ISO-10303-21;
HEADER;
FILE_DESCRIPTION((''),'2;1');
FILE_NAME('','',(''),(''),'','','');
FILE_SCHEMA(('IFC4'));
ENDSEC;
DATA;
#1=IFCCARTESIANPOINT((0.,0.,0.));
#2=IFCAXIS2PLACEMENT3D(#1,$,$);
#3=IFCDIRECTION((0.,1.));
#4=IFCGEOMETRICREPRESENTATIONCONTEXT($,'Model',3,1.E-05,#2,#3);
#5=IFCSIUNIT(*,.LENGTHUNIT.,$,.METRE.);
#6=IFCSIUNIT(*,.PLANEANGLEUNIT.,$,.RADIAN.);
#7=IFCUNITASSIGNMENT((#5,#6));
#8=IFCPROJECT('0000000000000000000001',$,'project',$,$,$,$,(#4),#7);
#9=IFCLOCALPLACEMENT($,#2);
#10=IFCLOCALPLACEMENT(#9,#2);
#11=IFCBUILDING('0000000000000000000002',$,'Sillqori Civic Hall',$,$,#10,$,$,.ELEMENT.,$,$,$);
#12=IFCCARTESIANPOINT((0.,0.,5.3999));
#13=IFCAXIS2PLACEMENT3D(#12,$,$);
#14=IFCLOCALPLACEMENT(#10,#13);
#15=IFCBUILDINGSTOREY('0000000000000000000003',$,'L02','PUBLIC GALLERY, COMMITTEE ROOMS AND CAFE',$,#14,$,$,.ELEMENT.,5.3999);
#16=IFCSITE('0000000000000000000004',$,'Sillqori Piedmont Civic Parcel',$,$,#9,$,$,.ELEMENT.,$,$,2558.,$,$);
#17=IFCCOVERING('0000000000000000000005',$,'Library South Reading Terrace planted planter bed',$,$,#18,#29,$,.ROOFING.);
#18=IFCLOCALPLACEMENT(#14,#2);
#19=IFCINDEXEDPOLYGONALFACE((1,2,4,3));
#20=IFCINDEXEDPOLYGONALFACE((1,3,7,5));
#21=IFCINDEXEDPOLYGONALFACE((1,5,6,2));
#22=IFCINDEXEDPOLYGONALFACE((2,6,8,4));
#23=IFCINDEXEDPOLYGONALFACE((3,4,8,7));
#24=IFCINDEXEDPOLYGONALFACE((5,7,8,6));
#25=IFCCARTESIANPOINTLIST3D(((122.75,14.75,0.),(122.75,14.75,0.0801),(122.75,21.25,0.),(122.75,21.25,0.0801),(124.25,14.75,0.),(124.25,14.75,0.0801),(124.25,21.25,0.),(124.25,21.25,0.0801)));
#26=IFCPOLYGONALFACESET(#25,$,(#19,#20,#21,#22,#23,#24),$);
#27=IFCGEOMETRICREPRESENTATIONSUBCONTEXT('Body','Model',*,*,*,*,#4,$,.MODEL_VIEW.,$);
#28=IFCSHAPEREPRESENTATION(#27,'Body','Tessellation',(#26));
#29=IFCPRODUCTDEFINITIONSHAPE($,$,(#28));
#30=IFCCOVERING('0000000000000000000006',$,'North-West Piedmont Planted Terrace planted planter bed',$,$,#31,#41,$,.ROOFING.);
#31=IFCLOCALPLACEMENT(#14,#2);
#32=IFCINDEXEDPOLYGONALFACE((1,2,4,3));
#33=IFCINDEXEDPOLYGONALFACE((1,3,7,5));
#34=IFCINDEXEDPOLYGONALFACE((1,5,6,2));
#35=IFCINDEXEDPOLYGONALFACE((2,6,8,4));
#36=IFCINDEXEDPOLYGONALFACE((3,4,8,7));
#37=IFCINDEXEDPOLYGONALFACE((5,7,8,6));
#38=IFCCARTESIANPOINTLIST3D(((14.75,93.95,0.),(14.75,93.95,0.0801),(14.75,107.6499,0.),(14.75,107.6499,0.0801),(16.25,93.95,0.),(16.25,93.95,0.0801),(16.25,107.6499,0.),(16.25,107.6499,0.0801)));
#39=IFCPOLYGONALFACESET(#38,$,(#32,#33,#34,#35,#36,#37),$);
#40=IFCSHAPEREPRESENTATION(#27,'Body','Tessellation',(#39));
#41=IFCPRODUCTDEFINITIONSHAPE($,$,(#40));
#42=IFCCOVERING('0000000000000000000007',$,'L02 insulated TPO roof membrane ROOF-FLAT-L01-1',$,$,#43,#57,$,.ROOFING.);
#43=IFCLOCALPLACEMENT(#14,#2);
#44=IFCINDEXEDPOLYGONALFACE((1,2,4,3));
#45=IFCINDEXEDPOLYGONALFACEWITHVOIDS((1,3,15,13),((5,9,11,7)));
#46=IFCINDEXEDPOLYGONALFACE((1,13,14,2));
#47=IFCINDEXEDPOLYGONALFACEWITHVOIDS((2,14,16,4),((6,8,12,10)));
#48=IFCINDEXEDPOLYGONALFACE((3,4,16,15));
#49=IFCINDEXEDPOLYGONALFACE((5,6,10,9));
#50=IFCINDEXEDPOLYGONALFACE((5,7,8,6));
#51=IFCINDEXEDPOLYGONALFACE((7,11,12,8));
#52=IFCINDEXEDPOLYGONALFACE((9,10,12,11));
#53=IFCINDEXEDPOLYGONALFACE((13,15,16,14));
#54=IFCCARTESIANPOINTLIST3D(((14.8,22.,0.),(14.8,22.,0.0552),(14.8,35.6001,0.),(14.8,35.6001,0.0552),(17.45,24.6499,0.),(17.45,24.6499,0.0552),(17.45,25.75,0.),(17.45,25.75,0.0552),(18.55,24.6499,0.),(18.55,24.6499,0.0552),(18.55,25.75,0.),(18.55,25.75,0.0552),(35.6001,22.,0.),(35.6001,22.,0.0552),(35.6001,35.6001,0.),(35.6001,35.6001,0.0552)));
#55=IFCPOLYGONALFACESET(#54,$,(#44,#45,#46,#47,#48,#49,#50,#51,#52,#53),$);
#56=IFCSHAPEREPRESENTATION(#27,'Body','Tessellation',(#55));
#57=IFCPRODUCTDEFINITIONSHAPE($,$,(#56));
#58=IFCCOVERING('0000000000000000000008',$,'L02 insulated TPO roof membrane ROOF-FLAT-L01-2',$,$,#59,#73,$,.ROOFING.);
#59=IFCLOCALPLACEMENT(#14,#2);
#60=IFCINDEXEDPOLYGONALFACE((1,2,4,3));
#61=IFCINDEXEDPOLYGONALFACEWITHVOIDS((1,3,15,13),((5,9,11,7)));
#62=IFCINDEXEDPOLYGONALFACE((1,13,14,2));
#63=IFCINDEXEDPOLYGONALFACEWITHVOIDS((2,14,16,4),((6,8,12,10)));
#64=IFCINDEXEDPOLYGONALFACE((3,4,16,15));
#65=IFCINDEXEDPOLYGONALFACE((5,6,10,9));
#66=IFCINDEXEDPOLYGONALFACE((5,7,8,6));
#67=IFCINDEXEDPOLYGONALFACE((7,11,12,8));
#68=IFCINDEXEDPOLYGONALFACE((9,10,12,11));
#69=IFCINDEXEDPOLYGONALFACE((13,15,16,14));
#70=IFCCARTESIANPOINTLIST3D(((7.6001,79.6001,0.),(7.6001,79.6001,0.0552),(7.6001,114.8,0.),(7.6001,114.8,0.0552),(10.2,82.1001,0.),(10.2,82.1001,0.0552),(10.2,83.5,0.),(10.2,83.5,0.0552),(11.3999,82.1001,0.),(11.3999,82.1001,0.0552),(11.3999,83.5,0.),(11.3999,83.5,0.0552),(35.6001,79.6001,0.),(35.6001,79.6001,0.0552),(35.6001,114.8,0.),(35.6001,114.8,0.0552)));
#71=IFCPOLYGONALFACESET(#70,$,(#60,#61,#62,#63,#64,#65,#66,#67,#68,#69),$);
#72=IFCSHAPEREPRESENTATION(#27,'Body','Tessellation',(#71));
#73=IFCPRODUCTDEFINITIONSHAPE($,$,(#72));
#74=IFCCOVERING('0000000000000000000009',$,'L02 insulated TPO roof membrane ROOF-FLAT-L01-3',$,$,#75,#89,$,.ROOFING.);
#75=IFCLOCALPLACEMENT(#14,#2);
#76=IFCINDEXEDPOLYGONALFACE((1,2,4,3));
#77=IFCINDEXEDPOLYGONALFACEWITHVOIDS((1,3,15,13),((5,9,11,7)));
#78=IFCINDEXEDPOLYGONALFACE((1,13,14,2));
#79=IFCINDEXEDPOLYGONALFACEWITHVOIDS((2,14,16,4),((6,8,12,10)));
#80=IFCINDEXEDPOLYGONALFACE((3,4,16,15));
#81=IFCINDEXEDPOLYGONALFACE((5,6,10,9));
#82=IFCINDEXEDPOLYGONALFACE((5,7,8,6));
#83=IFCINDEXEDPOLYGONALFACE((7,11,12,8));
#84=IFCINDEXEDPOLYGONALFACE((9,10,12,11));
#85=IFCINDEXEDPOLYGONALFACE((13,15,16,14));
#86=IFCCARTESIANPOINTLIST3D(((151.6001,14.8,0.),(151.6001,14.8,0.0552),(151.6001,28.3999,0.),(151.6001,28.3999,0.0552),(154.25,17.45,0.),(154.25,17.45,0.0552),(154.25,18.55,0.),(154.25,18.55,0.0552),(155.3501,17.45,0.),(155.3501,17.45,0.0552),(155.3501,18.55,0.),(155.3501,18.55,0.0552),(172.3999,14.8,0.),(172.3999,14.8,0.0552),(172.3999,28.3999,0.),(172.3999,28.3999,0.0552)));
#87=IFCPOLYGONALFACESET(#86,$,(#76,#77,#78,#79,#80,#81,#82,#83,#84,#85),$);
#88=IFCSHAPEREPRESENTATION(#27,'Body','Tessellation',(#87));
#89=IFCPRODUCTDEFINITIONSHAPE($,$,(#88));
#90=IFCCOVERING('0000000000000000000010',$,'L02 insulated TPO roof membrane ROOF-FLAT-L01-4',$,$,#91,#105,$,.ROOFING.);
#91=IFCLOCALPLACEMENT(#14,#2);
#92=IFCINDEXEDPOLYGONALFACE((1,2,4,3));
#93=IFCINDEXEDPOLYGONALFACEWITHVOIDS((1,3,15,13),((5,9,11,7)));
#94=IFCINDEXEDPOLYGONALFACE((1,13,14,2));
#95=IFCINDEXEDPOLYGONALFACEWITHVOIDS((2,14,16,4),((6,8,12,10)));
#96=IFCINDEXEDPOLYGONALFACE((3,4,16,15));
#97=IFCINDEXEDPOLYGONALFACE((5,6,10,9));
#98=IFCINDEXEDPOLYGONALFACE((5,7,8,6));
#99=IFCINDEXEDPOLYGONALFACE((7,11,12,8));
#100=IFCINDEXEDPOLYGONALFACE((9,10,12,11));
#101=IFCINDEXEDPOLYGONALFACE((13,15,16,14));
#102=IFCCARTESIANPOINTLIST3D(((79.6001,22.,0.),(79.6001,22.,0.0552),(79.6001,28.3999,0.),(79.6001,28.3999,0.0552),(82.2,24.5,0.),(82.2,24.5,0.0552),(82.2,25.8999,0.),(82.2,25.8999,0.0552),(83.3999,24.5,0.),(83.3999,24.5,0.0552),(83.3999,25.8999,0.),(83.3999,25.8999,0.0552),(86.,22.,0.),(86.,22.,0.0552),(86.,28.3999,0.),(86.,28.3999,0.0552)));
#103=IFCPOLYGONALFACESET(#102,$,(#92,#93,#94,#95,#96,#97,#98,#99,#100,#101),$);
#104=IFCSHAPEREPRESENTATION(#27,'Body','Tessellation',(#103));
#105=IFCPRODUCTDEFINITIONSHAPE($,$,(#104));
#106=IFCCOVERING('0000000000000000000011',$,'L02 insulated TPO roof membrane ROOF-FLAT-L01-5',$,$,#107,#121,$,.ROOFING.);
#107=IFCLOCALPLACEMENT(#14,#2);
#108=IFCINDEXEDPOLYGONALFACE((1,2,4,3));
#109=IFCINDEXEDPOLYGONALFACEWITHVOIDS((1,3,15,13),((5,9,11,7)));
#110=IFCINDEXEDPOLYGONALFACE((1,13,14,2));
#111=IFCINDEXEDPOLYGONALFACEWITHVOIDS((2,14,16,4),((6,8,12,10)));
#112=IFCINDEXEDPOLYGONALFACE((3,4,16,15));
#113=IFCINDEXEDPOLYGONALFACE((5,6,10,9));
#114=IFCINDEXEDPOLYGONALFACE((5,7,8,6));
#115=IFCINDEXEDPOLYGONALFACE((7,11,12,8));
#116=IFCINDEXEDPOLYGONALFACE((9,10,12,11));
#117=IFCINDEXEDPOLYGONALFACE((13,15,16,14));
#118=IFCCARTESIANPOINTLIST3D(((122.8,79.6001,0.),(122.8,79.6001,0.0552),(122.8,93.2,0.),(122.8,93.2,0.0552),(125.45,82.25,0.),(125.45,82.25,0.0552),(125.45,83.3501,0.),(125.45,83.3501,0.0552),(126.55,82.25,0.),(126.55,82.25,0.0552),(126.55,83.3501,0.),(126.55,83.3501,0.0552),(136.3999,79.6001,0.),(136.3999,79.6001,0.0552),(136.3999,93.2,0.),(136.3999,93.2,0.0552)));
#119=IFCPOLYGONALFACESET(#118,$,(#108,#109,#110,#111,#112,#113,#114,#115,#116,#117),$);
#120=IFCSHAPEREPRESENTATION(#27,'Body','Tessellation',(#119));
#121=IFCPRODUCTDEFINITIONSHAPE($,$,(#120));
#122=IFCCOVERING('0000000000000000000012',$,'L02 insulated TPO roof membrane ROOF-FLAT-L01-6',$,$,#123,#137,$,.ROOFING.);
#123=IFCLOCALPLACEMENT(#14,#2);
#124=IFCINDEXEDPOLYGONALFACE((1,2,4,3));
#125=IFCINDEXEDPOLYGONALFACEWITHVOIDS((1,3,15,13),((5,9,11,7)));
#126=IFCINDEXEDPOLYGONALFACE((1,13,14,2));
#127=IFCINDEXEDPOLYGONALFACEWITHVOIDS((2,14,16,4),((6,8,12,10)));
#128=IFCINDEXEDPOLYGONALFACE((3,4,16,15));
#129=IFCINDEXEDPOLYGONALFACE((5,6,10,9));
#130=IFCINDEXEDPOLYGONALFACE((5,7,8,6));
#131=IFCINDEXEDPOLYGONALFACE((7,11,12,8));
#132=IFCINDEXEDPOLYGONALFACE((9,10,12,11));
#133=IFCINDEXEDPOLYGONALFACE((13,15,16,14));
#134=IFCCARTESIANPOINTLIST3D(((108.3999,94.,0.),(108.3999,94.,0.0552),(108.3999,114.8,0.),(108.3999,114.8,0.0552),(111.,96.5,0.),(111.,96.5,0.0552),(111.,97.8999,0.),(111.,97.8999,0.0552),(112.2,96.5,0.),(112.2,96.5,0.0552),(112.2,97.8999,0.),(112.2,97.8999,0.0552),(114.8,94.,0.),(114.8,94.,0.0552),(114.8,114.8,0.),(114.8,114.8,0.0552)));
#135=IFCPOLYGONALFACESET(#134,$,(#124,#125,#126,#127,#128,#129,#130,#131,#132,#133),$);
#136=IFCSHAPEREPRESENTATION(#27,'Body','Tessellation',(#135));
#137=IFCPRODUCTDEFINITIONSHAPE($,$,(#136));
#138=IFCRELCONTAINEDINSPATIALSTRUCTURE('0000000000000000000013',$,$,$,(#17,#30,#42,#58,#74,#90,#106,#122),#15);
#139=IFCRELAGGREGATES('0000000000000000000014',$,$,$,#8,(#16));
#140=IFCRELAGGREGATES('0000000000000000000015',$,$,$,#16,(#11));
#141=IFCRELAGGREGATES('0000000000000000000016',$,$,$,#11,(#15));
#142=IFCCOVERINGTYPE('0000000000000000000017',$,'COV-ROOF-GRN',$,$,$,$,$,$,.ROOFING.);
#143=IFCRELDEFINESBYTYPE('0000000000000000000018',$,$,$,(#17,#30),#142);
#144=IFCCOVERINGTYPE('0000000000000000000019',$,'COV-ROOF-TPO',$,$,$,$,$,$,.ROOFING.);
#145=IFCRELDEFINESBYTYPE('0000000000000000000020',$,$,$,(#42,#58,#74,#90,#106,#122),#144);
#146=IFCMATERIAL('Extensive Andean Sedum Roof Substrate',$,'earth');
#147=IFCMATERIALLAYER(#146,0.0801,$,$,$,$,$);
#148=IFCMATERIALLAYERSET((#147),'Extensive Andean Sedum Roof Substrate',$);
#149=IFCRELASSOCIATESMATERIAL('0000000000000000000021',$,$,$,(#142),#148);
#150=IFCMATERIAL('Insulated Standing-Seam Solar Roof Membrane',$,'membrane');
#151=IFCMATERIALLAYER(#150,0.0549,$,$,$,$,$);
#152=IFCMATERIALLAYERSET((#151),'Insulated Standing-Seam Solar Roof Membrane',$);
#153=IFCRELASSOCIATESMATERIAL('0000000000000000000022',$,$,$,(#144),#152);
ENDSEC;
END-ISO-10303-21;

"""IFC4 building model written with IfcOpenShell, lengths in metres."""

from ifc_helpers import new_model, si_unit, direction, frame, origin, place, context, subcontext, project, spatial, polyline, outline, extrude, material, layer, layer_set, type_object, element, save


model = new_model("IFC4")

# Units and contexts
model_context = context("Model", 3, precision=1e-05, world=origin(), true_north=direction((0.0, 1.0)))
body_context = subcontext(model_context, "Body", "Model", "MODEL_VIEW")
ifc_project = project(units=[si_unit("LENGTHUNIT", "METRE"), si_unit("PLANEANGLEUNIT", "RADIAN")], contexts=[model_context])

# Site, building, storey
site_placement = place(None, origin())
site = spatial("IfcSite", under=ifc_project, at=site_placement, Name="Sillqori Piedmont Civic Parcel", CompositionType="ELEMENT", RefElevation=2558.0)
building_placement = place(site_placement, origin())
building = spatial("IfcBuilding", under=site, at=building_placement, Name="Sillqori Civic Hall", CompositionType="ELEMENT")
storey_placement = place(building_placement, frame((0.0, 0.0, 5.3999)))
storey = spatial("IfcBuildingStorey", under=building, at=storey_placement, Name="L02", Description="PUBLIC GALLERY, COMMITTEE ROOMS AND CAFE", CompositionType="ELEMENT", Elevation=5.3999)

# Coverings
ifc_material_1 = material(Name="Extensive Andean Sedum Roof Substrate", Category="earth")
ifc_layer_1 = layer(ifc_material_1, 0.0801)
ifc_layer_set_1 = layer_set([ifc_layer_1], Name="Extensive Andean Sedum Roof Substrate")
covering_type_1 = type_object("IfcCoveringType", Name="COV-ROOF-GRN", PredefinedType="ROOFING", material=ifc_layer_set_1)
covering_1_placement = place(storey_placement, origin())
element("IfcCovering", 1, at=covering_1_placement, inside=storey, type_object=covering_type_1, Name="Library South Reading Terrace planted planter bed", PredefinedType="ROOFING", context=body_context, shape_type="SweptSolid", body=[
    extrude(outline(polyline([(122.75, 14.75), (124.25, 14.75), (124.25, 21.25), (122.75, 21.25), (122.75, 14.75)])), origin(), (0.0, 0.0, 1.0), 0.0801),
])
covering_2_placement = place(storey_placement, origin())
element("IfcCovering", 2, at=covering_2_placement, inside=storey, type_object=covering_type_1, Name="North-West Piedmont Planted Terrace planted planter bed", PredefinedType="ROOFING", context=body_context, shape_type="SweptSolid", body=[
    extrude(outline(polyline([(14.75, 93.95), (16.25, 93.95), (16.25, 107.6499), (14.75, 107.6499), (14.75, 93.95)])), origin(), (0.0, 0.0, 1.0), 0.0801),
])
ifc_material_2 = material(Name="Insulated Standing-Seam Solar Roof Membrane", Category="membrane")
ifc_layer_2 = layer(ifc_material_2, 0.0549)
ifc_layer_set_2 = layer_set([ifc_layer_2], Name="Insulated Standing-Seam Solar Roof Membrane")
covering_type_2 = type_object("IfcCoveringType", Name="COV-ROOF-TPO", PredefinedType="ROOFING", material=ifc_layer_set_2)
covering_3_placement = place(storey_placement, origin())
element("IfcCovering", 3, at=covering_3_placement, inside=storey, type_object=covering_type_2, Name="L02 insulated TPO roof membrane ROOF-FLAT-L01-1", PredefinedType="ROOFING", context=body_context, shape_type="SweptSolid", body=[
    extrude(outline(polyline([(14.8, 22.0), (35.6001, 22.0), (35.6001, 35.6001), (14.8, 35.6001), (14.8, 22.0)]), holes=[polyline([(17.45, 24.6499), (17.45, 25.75), (18.55, 25.75), (18.55, 24.6499), (17.45, 24.6499)])]), origin(), (0.0, 0.0, 1.0), 0.0552),
])
covering_4_placement = place(storey_placement, origin())
element("IfcCovering", 4, at=covering_4_placement, inside=storey, type_object=covering_type_2, Name="L02 insulated TPO roof membrane ROOF-FLAT-L01-2", PredefinedType="ROOFING", context=body_context, shape_type="SweptSolid", body=[
    extrude(outline(polyline([(7.6001, 79.6001), (35.6001, 79.6001), (35.6001, 114.8), (7.6001, 114.8), (7.6001, 79.6001)]), holes=[polyline([(10.2, 82.1001), (10.2, 83.5), (11.3999, 83.5), (11.3999, 82.1001), (10.2, 82.1001)])]), origin(), (0.0, 0.0, 1.0), 0.0552),
])
covering_5_placement = place(storey_placement, origin())
element("IfcCovering", 5, at=covering_5_placement, inside=storey, type_object=covering_type_2, Name="L02 insulated TPO roof membrane ROOF-FLAT-L01-3", PredefinedType="ROOFING", context=body_context, shape_type="SweptSolid", body=[
    extrude(outline(polyline([(151.6001, 14.8), (172.3999, 14.8), (172.3999, 28.3999), (151.6001, 28.3999), (151.6001, 14.8)]), holes=[polyline([(154.25, 17.45), (154.25, 18.55), (155.3501, 18.55), (155.3501, 17.45), (154.25, 17.45)])]), origin(), (0.0, 0.0, 1.0), 0.0552),
])
covering_6_placement = place(storey_placement, origin())
element("IfcCovering", 6, at=covering_6_placement, inside=storey, type_object=covering_type_2, Name="L02 insulated TPO roof membrane ROOF-FLAT-L01-4", PredefinedType="ROOFING", context=body_context, shape_type="SweptSolid", body=[
    extrude(outline(polyline([(79.6001, 22.0), (86.0, 22.0), (86.0, 28.3999), (79.6001, 28.3999), (79.6001, 22.0)]), holes=[polyline([(82.2, 24.5), (82.2, 25.8999), (83.3999, 25.8999), (83.3999, 24.5), (82.2, 24.5)])]), origin(), (0.0, 0.0, 1.0), 0.0552),
])
covering_7_placement = place(storey_placement, origin())
element("IfcCovering", 7, at=covering_7_placement, inside=storey, type_object=covering_type_2, Name="L02 insulated TPO roof membrane ROOF-FLAT-L01-5", PredefinedType="ROOFING", context=body_context, shape_type="SweptSolid", body=[
    extrude(outline(polyline([(122.8, 79.6001), (136.3999, 79.6001), (136.3999, 93.2), (122.8, 93.2), (122.8, 79.6001)]), holes=[polyline([(125.45, 82.25), (125.45, 83.3501), (126.55, 83.3501), (126.55, 82.25), (125.45, 82.25)])]), origin(), (0.0, 0.0, 1.0), 0.0552),
])
covering_8_placement = place(storey_placement, origin())
element("IfcCovering", 8, at=covering_8_placement, inside=storey, type_object=covering_type_2, Name="L02 insulated TPO roof membrane ROOF-FLAT-L01-6", PredefinedType="ROOFING", context=body_context, shape_type="SweptSolid", body=[
    extrude(outline(polyline([(108.3999, 94.0), (114.8, 94.0), (114.8, 114.8), (108.3999, 114.8), (108.3999, 94.0)]), holes=[polyline([(111.0, 96.5), (111.0, 97.8999), (112.2, 97.8999), (112.2, 96.5), (111.0, 96.5)])]), origin(), (0.0, 0.0, 1.0), 0.0552),
])

save(model, "model.ifc")
